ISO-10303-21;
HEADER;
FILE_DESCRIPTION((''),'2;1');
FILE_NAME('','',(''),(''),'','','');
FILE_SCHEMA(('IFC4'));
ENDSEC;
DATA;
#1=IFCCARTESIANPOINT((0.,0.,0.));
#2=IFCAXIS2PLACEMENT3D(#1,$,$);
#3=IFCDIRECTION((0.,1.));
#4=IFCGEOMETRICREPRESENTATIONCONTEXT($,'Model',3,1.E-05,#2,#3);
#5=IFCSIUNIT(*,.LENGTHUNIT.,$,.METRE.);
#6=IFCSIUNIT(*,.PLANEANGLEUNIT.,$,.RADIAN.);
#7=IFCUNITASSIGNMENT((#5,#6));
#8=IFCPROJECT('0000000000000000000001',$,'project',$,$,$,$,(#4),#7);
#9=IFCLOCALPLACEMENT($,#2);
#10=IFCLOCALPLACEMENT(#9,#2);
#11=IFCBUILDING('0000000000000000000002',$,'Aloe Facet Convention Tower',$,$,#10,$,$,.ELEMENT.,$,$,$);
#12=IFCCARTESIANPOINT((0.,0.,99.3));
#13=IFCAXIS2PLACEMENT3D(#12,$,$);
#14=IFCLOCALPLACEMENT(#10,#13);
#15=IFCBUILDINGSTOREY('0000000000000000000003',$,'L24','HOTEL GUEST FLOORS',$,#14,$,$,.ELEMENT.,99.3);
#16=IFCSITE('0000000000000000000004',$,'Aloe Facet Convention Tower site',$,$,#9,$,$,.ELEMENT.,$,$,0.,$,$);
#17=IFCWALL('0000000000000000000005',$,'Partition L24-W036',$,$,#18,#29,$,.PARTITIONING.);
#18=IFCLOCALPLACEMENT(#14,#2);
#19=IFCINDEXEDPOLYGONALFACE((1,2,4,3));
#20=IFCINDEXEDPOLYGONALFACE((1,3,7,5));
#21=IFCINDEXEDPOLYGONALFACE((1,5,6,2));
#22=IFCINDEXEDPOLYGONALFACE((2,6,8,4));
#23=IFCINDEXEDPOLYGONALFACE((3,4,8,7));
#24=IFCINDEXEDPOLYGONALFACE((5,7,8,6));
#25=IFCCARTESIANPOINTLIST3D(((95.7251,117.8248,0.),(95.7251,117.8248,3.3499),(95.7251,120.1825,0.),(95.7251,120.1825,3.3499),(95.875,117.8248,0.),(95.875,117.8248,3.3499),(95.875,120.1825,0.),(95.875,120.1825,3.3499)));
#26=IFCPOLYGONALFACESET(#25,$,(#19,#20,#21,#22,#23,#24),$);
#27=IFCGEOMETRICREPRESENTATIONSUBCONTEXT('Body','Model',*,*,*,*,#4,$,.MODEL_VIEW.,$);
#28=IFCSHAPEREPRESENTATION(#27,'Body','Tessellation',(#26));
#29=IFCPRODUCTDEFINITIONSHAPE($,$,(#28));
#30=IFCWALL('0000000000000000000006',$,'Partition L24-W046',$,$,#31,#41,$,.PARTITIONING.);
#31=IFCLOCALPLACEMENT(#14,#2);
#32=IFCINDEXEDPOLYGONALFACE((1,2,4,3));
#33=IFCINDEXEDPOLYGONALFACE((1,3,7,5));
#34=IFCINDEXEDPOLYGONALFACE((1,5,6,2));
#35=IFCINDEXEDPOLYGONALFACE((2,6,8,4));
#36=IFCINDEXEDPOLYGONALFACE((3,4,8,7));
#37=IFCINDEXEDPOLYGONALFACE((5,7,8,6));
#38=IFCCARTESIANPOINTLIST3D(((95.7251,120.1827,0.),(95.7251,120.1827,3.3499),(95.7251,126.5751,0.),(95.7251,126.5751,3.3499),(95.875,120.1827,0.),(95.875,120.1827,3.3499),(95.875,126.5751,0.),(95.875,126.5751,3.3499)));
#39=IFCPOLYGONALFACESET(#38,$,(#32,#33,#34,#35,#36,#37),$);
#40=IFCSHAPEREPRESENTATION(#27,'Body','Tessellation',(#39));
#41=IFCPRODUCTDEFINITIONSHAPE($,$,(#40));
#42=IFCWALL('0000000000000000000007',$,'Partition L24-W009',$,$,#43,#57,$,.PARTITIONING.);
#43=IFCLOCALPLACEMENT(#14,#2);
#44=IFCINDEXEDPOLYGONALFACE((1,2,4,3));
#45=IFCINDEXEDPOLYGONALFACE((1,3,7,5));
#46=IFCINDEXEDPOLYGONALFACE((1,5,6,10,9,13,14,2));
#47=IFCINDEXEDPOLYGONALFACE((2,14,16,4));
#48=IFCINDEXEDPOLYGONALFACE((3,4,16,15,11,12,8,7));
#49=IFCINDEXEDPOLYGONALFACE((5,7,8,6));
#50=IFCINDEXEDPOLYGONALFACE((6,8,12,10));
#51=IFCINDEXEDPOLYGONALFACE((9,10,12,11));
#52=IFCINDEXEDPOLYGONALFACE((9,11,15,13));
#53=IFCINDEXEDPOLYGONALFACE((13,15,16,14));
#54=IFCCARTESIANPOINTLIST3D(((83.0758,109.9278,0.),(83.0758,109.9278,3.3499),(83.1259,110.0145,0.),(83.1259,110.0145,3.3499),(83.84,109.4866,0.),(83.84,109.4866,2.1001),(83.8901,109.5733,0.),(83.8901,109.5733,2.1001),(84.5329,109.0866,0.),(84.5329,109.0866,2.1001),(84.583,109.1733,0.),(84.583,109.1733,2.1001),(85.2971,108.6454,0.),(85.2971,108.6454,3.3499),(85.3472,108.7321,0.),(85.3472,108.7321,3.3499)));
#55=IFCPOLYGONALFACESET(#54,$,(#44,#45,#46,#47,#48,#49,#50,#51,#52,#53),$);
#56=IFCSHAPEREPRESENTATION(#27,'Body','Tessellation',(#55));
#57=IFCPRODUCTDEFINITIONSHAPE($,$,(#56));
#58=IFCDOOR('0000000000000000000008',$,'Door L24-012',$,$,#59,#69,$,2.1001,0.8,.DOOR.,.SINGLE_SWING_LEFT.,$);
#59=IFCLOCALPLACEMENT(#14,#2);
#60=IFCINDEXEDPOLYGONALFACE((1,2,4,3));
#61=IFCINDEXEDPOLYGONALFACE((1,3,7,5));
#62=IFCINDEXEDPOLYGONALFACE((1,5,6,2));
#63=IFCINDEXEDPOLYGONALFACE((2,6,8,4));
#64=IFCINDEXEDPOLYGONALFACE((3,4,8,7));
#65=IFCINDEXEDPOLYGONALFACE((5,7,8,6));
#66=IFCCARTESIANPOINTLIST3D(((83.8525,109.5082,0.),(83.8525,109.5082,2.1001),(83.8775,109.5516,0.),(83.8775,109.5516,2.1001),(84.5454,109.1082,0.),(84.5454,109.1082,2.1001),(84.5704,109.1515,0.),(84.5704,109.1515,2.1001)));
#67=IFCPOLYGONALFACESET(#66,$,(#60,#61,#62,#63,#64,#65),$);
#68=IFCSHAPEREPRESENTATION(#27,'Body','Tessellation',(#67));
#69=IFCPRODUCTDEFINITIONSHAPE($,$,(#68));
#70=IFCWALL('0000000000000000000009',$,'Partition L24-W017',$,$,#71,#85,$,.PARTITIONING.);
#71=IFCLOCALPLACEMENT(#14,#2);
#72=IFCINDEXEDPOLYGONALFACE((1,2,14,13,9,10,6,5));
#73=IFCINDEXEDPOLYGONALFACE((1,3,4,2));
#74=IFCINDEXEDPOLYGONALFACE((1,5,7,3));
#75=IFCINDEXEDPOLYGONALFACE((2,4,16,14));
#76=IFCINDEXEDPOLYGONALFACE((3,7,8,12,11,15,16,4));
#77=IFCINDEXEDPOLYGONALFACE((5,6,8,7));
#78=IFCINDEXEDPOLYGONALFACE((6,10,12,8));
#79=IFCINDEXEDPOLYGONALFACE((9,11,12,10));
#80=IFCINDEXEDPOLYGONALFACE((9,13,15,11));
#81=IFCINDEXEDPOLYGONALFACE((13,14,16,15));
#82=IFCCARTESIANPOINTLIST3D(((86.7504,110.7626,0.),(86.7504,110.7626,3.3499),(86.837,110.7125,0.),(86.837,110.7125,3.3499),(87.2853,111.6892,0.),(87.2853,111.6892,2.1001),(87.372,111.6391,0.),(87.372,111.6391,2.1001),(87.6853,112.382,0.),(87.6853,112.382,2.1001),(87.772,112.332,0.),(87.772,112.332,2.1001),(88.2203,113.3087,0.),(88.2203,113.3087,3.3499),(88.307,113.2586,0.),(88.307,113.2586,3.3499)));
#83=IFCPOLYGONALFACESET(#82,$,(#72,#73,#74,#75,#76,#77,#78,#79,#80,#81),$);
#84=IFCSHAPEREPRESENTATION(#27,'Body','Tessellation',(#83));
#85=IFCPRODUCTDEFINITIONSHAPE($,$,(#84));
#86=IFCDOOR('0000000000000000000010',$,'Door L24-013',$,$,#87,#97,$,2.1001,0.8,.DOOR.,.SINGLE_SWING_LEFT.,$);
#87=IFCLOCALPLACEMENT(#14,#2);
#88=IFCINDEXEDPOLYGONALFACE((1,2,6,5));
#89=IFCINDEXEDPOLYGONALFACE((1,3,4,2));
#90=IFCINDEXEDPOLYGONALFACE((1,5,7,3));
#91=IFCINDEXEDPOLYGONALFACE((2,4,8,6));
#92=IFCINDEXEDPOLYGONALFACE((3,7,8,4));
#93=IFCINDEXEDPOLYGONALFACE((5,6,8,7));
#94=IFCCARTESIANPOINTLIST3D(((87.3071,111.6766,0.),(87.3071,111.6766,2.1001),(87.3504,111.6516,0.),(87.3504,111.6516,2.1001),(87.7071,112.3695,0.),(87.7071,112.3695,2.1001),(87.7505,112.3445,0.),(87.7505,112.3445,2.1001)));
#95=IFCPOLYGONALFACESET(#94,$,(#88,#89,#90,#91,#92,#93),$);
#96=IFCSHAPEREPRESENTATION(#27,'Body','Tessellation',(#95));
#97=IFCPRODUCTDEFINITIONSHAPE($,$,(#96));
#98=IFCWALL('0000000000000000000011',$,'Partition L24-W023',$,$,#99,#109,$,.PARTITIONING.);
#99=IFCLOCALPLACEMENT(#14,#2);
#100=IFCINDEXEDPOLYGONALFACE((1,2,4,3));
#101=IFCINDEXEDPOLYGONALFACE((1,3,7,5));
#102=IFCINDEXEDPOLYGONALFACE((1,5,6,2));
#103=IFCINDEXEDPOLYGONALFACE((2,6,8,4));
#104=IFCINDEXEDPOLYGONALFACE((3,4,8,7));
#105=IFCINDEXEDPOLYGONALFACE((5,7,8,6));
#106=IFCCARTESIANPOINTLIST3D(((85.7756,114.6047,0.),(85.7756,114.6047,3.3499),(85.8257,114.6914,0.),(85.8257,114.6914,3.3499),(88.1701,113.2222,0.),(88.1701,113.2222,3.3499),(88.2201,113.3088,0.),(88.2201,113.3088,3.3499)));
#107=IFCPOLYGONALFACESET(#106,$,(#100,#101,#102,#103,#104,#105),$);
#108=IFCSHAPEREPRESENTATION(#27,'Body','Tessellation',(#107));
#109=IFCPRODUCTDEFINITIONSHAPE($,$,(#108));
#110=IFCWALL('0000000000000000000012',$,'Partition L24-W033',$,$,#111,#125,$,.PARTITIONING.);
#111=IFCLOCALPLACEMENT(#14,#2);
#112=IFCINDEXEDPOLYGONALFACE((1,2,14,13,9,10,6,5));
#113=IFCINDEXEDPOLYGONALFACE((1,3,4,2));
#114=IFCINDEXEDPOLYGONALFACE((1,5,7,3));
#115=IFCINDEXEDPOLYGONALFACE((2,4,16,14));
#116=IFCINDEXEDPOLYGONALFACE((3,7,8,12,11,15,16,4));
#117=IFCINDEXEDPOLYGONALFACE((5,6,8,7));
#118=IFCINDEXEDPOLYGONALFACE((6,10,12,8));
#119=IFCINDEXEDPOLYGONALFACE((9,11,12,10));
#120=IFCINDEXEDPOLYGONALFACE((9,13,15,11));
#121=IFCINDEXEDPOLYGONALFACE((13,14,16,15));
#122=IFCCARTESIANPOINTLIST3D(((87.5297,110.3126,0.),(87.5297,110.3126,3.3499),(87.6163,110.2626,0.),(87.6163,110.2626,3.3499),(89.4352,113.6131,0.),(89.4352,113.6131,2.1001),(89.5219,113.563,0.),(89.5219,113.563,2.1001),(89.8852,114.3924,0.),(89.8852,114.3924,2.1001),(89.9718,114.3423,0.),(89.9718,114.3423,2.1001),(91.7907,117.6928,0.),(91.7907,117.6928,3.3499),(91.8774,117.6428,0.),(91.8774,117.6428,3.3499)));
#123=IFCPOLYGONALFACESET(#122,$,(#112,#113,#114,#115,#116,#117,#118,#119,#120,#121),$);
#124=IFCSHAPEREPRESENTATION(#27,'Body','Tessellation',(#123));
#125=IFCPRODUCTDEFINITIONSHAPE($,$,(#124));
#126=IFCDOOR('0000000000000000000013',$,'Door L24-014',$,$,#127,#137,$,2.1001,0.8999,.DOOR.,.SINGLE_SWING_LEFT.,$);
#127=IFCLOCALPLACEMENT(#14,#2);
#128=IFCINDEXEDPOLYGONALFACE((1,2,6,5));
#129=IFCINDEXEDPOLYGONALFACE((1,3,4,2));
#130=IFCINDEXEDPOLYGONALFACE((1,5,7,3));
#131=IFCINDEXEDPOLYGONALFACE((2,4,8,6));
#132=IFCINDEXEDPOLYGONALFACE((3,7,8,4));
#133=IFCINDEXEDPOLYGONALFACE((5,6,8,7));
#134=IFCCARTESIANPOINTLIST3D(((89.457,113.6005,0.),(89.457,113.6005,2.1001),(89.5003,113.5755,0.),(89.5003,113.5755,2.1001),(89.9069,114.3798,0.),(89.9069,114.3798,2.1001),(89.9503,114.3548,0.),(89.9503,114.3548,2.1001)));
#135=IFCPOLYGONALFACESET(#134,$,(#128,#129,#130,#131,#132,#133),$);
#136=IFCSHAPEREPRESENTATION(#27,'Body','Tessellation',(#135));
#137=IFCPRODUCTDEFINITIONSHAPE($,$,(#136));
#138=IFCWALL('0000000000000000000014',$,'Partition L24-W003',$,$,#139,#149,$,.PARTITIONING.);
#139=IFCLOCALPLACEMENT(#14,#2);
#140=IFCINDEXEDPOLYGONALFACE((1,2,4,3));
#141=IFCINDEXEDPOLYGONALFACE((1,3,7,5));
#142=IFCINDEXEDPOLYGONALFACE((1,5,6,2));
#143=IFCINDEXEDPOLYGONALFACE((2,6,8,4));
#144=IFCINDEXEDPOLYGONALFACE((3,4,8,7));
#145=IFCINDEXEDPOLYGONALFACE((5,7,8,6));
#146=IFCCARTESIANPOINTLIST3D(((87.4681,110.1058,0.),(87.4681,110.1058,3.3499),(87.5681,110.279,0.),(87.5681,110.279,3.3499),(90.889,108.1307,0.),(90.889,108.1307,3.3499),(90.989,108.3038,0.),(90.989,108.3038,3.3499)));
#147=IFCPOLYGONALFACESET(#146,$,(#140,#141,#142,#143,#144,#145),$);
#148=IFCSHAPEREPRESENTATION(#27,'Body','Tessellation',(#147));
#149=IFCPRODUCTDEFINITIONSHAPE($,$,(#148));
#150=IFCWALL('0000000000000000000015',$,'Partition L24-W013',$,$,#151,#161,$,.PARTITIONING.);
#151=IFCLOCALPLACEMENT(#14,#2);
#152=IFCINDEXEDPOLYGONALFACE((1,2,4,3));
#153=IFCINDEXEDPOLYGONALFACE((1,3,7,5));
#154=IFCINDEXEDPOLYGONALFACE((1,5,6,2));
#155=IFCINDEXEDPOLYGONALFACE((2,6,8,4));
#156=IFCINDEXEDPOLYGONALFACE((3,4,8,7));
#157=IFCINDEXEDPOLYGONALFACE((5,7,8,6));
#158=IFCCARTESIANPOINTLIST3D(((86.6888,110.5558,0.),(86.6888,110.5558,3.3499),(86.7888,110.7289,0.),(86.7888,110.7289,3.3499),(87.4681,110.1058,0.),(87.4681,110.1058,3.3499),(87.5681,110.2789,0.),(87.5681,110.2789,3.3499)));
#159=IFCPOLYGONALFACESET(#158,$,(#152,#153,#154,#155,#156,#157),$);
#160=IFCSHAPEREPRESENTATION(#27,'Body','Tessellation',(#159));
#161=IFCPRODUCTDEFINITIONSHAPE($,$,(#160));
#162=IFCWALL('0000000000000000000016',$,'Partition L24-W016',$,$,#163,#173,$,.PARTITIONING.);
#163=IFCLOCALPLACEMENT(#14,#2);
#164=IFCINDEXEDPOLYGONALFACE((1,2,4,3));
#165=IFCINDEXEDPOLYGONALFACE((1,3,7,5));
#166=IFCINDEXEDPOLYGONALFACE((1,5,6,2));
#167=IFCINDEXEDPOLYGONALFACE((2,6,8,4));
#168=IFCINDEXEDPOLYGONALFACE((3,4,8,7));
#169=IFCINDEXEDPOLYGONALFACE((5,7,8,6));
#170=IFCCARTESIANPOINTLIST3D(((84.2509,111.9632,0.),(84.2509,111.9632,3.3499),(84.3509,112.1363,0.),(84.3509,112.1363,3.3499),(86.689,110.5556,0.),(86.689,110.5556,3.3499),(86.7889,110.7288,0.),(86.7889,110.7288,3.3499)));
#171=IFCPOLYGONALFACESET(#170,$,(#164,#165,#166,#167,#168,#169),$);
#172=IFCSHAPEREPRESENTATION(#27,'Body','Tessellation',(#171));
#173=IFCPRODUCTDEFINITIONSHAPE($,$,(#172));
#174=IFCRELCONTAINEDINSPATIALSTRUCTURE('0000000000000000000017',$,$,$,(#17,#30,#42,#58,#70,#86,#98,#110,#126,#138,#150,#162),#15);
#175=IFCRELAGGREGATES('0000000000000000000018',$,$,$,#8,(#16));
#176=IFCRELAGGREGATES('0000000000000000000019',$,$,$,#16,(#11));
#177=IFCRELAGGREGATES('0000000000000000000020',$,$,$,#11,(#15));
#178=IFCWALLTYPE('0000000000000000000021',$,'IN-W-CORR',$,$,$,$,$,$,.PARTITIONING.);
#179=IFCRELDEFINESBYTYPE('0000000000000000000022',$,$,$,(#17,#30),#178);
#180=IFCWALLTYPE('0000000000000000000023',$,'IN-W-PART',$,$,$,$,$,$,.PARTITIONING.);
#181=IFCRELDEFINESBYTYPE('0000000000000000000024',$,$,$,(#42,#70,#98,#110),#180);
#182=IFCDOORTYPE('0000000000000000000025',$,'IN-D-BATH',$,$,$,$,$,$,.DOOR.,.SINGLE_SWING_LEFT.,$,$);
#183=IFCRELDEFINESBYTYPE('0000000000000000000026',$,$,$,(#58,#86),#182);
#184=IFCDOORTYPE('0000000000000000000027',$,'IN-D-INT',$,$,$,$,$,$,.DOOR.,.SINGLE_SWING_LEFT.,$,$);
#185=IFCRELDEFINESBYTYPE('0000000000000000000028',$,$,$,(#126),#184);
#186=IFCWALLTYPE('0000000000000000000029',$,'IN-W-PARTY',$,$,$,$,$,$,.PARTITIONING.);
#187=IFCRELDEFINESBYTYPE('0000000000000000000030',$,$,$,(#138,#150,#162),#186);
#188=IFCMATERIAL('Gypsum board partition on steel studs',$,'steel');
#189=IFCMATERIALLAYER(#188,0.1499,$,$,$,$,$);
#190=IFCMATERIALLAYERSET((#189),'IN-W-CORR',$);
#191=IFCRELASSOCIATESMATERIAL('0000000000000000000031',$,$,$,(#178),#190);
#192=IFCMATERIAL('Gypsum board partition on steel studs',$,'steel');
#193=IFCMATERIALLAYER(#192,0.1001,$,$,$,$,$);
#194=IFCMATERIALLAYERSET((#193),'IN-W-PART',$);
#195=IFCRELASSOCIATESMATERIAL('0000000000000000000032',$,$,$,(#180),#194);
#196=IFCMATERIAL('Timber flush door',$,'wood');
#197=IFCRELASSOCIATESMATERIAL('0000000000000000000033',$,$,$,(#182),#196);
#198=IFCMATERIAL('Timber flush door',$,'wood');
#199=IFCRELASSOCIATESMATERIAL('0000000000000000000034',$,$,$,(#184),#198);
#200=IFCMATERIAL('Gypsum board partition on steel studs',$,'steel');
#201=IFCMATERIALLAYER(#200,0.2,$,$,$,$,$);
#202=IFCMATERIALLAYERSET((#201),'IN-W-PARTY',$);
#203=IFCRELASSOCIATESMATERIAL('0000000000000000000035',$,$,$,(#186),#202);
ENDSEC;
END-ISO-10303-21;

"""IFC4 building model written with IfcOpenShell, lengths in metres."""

from ifc_helpers import new_model, si_unit, direction, frame, frame_2d, origin, place, context, subcontext, project, spatial, rectangle, extrude, material, layer, layer_set, type_object, element, fill, save


model = new_model("IFC4")

# Units and contexts
model_context = context("Model", 3, precision=1e-05, world=origin(), true_north=direction((0.0, 1.0)))
body_context = subcontext(model_context, "Body", "Model", "MODEL_VIEW")
ifc_project = project(units=[si_unit("LENGTHUNIT", "METRE"), si_unit("PLANEANGLEUNIT", "RADIAN")], contexts=[model_context])

# Site, building, storey
site_placement = place(None, origin())
site = spatial("IfcSite", under=ifc_project, at=site_placement, Name="Aloe Facet Convention Tower site", CompositionType="ELEMENT", RefElevation=0.0)
building_placement = place(site_placement, origin())
building = spatial("IfcBuilding", under=site, at=building_placement, Name="Aloe Facet Convention Tower", CompositionType="ELEMENT")
storey_placement = place(building_placement, frame((0.0, 0.0, 99.3)))
storey = spatial("IfcBuildingStorey", under=building, at=storey_placement, Name="L24", Description="HOTEL GUEST FLOORS", CompositionType="ELEMENT", Elevation=99.3)

# Shared definitions
ifc_material_1 = material(Name="Gypsum board partition on steel studs", Category="steel")
ifc_layer_1 = layer(ifc_material_1, 0.1499)
ifc_layer_set_1 = layer_set([ifc_layer_1], Name="IN-W-CORR")
wall_type_1 = type_object("IfcWallType", Name="IN-W-CORR", PredefinedType="PARTITIONING", material=ifc_layer_set_1)

# Walls
wall_1_placement = place(storey_placement, frame((95.8, 117.825, 0.0), z_axis=(0.0, 0.0, 1.0), x_axis=(0.0, 1.0, 0.0)))
element("IfcWall", 1, at=wall_1_placement, inside=storey, type_object=wall_type_1, Name="Partition L24-W036", PredefinedType="PARTITIONING", context=body_context, shape_type="SweptSolid", body=[
    extrude(rectangle(XDim=2.3577, YDim=0.1499, at=frame_2d((1.1787, 0.0))), origin(), (0.0, 0.0, 1.0), 3.3499),
])
wall_2_placement = place(storey_placement, frame((95.8, 120.1826, 0.0), z_axis=(0.0, 0.0, 1.0), x_axis=(0.0, 1.0, 0.0)))
element("IfcWall", 2, at=wall_2_placement, inside=storey, type_object=wall_type_1, Name="Partition L24-W046", PredefinedType="PARTITIONING", context=body_context, shape_type="SweptSolid", body=[
    extrude(rectangle(XDim=6.3923, YDim=0.1499, at=frame_2d((3.1963, 0.0))), origin(), (0.0, 0.0, 1.0), 3.3499),
])

# Walls, openings, doors
ifc_material_2 = material(Name="Gypsum board partition on steel studs", Category="steel")
ifc_layer_2 = layer(ifc_material_2, 0.1001)
ifc_layer_set_2 = layer_set([ifc_layer_2], Name="IN-W-PART")
wall_type_2 = type_object("IfcWallType", Name="IN-W-PART", PredefinedType="PARTITIONING", material=ifc_layer_set_2)
wall_3_placement = place(storey_placement, frame((83.1008, 109.9712, 0.0), z_axis=(0.0, 0.0, 1.0), x_axis=(0.866038, -0.499978, 0.0)))
wall_3 = element("IfcWall", 3, at=wall_3_placement, inside=storey, type_object=wall_type_2, Name="Partition L24-W009", PredefinedType="PARTITIONING", context=body_context, shape_type="SweptSolid", body=[
    extrude(rectangle(XDim=2.5649, YDim=0.1001, at=frame_2d((1.2825, 0.0))), origin(), (0.0, 0.0, 1.0), 3.3499),
])
opening_1_placement = place(wall_3_placement, frame((0.8826, 0.0, 0.0)))
opening_1 = element("IfcOpeningElement", 4, at=opening_1_placement, cuts=wall_3, PredefinedType="OPENING", context=body_context, shape_type="SweptSolid", body=[
    extrude(rectangle(XDim=0.8, YDim=2.1001, at=frame_2d((0.3999, 1.05))), frame((0.0, 0.0601, 0.0), z_axis=(0.0, -1.0, 0.0), x_axis=(1.0, 0.0, 0.0)), (0.0, 0.0, 1.0), 0.1201),
])
ifc_material_3 = material(Name="Timber flush door", Category="wood")
door_type_1 = type_object("IfcDoorType", Name="IN-D-BATH", OperationType="SINGLE_SWING_LEFT", PredefinedType="DOOR", material=ifc_material_3)
door_1_placement = place(opening_1_placement, origin())
door_1 = element("IfcDoor", 5, at=door_1_placement, inside=storey, type_object=door_type_1, Name="Door L24-012", OperationType="SINGLE_SWING_LEFT", OverallHeight=2.1001, OverallWidth=0.8, PredefinedType="DOOR", context=body_context, shape_type="SweptSolid", body=[
    extrude(rectangle(XDim=0.8, YDim=2.1001, at=frame_2d((0.3999, 1.05))), frame((0.0, 0.0249, 0.0), z_axis=(0.0, -1.0, 0.0), x_axis=(1.0, 0.0, 0.0)), (0.0, 0.0, 1.0), 0.05),
])
fill(opening_1, door_1)
wall_4_placement = place(storey_placement, frame((86.7937, 110.7375, 0.0), z_axis=(0.0, 0.0, 1.0), x_axis=(0.499988, 0.866032, 0.0)))
wall_4 = element("IfcWall", 6, at=wall_4_placement, inside=storey, type_object=wall_type_2, Name="Partition L24-W017", PredefinedType="PARTITIONING", context=body_context, shape_type="SweptSolid", body=[
    extrude(rectangle(XDim=2.9399, YDim=0.1001, at=frame_2d((1.47, 0.0))), origin(), (0.0, 0.0, 1.0), 3.3499),
])
opening_2_placement = place(wall_4_placement, frame((1.0701, 0.0, 0.0)))
opening_2 = element("IfcOpeningElement", 7, at=opening_2_placement, cuts=wall_4, PredefinedType="OPENING", context=body_context, shape_type="SweptSolid", body=[
    extrude(rectangle(XDim=0.8, YDim=2.1001, at=frame_2d((0.3999, 1.05))), frame((0.0, 0.0601, 0.0), z_axis=(0.0, -1.0, 0.0), x_axis=(1.0, 0.0, 0.0)), (0.0, 0.0, 1.0), 0.1201),
])
door_2_placement = place(opening_2_placement, origin())
door_2 = element("IfcDoor", 8, at=door_2_placement, inside=storey, type_object=door_type_1, Name="Door L24-013", OperationType="SINGLE_SWING_LEFT", OverallHeight=2.1001, OverallWidth=0.8, PredefinedType="DOOR", context=body_context, shape_type="SweptSolid", body=[
    extrude(rectangle(XDim=0.8, YDim=2.1001, at=frame_2d((0.3999, 1.05))), frame((0.0, 0.0249, 0.0), z_axis=(0.0, -1.0, 0.0), x_axis=(1.0, 0.0, 0.0)), (0.0, 0.0, 1.0), 0.05),
])
fill(opening_2, door_2)

# Wall
wall_5_placement = place(storey_placement, frame((85.8008, 114.6479, 0.0), z_axis=(0.0, 0.0, 1.0), x_axis=(0.866012, -0.500023, 0.0)))
element("IfcWall", 9, at=wall_5_placement, inside=storey, type_object=wall_type_2, Name="Partition L24-W023", PredefinedType="PARTITIONING", context=body_context, shape_type="SweptSolid", body=[
    extrude(rectangle(XDim=2.7649, YDim=0.1001, at=frame_2d((1.3823, 0.0))), origin(), (0.0, 0.0, 1.0), 3.3499),
])

# Wall, opening, door
wall_6_placement = place(storey_placement, frame((87.573, 110.2876, 0.0), z_axis=(0.0, 0.0, 1.0), x_axis=(0.500006, 0.866022, 0.0)))
wall_6 = element("IfcWall", 10, at=wall_6_placement, inside=storey, type_object=wall_type_2, Name="Partition L24-W033", PredefinedType="PARTITIONING", context=body_context, shape_type="SweptSolid", body=[
    extrude(rectangle(XDim=8.522, YDim=0.1001, at=frame_2d((4.261, 0.0))), origin(), (0.0, 0.0, 1.0), 3.3499),
])
opening_3_placement = place(wall_6_placement, frame((3.811, 0.0, 0.0)))
opening_3 = element("IfcOpeningElement", 11, at=opening_3_placement, cuts=wall_6, PredefinedType="OPENING", context=body_context, shape_type="SweptSolid", body=[
    extrude(rectangle(XDim=0.8999, YDim=2.1001, at=frame_2d((0.45, 1.05))), frame((0.0, 0.0601, 0.0), z_axis=(0.0, -1.0, 0.0), x_axis=(1.0, 0.0, 0.0)), (0.0, 0.0, 1.0), 0.1201),
])
ifc_material_4 = material(Name="Timber flush door", Category="wood")
door_type_2 = type_object("IfcDoorType", Name="IN-D-INT", OperationType="SINGLE_SWING_LEFT", PredefinedType="DOOR", material=ifc_material_4)
door_3_placement = place(opening_3_placement, origin())
door_3 = element("IfcDoor", 12, at=door_3_placement, inside=storey, type_object=door_type_2, Name="Door L24-014", OperationType="SINGLE_SWING_LEFT", OverallHeight=2.1001, OverallWidth=0.8999, PredefinedType="DOOR", context=body_context, shape_type="SweptSolid", body=[
    extrude(rectangle(XDim=0.8999, YDim=2.1001, at=frame_2d((0.45, 1.05))), frame((0.0, 0.0249, 0.0), z_axis=(0.0, -1.0, 0.0), x_axis=(1.0, 0.0, 0.0)), (0.0, 0.0, 1.0), 0.05),
])
fill(opening_3, door_3)

# Walls
ifc_material_5 = material(Name="Gypsum board partition on steel studs", Category="steel")
ifc_layer_3 = layer(ifc_material_5, 0.2)
ifc_layer_set_3 = layer_set([ifc_layer_3], Name="IN-W-PARTY")
wall_type_3 = type_object("IfcWallType", Name="IN-W-PARTY", PredefinedType="PARTITIONING", material=ifc_layer_set_3)
wall_7_placement = place(storey_placement, frame((87.5181, 110.1924, 0.0), z_axis=(0.0, 0.0, 1.0), x_axis=(0.866021, -0.500008, 0.0)))
element("IfcWall", 13, at=wall_7_placement, inside=storey, type_object=wall_type_3, Name="Partition L24-W003", PredefinedType="PARTITIONING", context=body_context, shape_type="SweptSolid", body=[
    extrude(rectangle(XDim=3.9502, YDim=0.2, at=frame_2d((1.9751, 0.0))), origin(), (0.0, 0.0, 1.0), 3.3499),
])
wall_8_placement = place(storey_placement, frame((86.7388, 110.6423, 0.0), z_axis=(0.0, 0.0, 1.0), x_axis=(0.866014, -0.50002, 0.0)))
element("IfcWall", 14, at=wall_8_placement, inside=storey, type_object=wall_type_3, Name="Partition L24-W013", PredefinedType="PARTITIONING", context=body_context, shape_type="SweptSolid", body=[
    extrude(rectangle(XDim=0.8999, YDim=0.2, at=frame_2d((0.45, 0.0))), origin(), (0.0, 0.0, 1.0), 3.3499),
])
wall_9_placement = place(storey_placement, frame((84.3008, 112.0498, 0.0), z_axis=(0.0, 0.0, 1.0), x_axis=(0.866041, -0.499973, 0.0)))
element("IfcWall", 15, at=wall_9_placement, inside=storey, type_object=wall_type_3, Name="Partition L24-W016", PredefinedType="PARTITIONING", context=body_context, shape_type="SweptSolid", body=[
    extrude(rectangle(XDim=2.8152, YDim=0.2, at=frame_2d((1.4077, 0.0))), origin(), (0.0, 0.0, 1.0), 3.3499),
])

save(model, "model.ifc")
